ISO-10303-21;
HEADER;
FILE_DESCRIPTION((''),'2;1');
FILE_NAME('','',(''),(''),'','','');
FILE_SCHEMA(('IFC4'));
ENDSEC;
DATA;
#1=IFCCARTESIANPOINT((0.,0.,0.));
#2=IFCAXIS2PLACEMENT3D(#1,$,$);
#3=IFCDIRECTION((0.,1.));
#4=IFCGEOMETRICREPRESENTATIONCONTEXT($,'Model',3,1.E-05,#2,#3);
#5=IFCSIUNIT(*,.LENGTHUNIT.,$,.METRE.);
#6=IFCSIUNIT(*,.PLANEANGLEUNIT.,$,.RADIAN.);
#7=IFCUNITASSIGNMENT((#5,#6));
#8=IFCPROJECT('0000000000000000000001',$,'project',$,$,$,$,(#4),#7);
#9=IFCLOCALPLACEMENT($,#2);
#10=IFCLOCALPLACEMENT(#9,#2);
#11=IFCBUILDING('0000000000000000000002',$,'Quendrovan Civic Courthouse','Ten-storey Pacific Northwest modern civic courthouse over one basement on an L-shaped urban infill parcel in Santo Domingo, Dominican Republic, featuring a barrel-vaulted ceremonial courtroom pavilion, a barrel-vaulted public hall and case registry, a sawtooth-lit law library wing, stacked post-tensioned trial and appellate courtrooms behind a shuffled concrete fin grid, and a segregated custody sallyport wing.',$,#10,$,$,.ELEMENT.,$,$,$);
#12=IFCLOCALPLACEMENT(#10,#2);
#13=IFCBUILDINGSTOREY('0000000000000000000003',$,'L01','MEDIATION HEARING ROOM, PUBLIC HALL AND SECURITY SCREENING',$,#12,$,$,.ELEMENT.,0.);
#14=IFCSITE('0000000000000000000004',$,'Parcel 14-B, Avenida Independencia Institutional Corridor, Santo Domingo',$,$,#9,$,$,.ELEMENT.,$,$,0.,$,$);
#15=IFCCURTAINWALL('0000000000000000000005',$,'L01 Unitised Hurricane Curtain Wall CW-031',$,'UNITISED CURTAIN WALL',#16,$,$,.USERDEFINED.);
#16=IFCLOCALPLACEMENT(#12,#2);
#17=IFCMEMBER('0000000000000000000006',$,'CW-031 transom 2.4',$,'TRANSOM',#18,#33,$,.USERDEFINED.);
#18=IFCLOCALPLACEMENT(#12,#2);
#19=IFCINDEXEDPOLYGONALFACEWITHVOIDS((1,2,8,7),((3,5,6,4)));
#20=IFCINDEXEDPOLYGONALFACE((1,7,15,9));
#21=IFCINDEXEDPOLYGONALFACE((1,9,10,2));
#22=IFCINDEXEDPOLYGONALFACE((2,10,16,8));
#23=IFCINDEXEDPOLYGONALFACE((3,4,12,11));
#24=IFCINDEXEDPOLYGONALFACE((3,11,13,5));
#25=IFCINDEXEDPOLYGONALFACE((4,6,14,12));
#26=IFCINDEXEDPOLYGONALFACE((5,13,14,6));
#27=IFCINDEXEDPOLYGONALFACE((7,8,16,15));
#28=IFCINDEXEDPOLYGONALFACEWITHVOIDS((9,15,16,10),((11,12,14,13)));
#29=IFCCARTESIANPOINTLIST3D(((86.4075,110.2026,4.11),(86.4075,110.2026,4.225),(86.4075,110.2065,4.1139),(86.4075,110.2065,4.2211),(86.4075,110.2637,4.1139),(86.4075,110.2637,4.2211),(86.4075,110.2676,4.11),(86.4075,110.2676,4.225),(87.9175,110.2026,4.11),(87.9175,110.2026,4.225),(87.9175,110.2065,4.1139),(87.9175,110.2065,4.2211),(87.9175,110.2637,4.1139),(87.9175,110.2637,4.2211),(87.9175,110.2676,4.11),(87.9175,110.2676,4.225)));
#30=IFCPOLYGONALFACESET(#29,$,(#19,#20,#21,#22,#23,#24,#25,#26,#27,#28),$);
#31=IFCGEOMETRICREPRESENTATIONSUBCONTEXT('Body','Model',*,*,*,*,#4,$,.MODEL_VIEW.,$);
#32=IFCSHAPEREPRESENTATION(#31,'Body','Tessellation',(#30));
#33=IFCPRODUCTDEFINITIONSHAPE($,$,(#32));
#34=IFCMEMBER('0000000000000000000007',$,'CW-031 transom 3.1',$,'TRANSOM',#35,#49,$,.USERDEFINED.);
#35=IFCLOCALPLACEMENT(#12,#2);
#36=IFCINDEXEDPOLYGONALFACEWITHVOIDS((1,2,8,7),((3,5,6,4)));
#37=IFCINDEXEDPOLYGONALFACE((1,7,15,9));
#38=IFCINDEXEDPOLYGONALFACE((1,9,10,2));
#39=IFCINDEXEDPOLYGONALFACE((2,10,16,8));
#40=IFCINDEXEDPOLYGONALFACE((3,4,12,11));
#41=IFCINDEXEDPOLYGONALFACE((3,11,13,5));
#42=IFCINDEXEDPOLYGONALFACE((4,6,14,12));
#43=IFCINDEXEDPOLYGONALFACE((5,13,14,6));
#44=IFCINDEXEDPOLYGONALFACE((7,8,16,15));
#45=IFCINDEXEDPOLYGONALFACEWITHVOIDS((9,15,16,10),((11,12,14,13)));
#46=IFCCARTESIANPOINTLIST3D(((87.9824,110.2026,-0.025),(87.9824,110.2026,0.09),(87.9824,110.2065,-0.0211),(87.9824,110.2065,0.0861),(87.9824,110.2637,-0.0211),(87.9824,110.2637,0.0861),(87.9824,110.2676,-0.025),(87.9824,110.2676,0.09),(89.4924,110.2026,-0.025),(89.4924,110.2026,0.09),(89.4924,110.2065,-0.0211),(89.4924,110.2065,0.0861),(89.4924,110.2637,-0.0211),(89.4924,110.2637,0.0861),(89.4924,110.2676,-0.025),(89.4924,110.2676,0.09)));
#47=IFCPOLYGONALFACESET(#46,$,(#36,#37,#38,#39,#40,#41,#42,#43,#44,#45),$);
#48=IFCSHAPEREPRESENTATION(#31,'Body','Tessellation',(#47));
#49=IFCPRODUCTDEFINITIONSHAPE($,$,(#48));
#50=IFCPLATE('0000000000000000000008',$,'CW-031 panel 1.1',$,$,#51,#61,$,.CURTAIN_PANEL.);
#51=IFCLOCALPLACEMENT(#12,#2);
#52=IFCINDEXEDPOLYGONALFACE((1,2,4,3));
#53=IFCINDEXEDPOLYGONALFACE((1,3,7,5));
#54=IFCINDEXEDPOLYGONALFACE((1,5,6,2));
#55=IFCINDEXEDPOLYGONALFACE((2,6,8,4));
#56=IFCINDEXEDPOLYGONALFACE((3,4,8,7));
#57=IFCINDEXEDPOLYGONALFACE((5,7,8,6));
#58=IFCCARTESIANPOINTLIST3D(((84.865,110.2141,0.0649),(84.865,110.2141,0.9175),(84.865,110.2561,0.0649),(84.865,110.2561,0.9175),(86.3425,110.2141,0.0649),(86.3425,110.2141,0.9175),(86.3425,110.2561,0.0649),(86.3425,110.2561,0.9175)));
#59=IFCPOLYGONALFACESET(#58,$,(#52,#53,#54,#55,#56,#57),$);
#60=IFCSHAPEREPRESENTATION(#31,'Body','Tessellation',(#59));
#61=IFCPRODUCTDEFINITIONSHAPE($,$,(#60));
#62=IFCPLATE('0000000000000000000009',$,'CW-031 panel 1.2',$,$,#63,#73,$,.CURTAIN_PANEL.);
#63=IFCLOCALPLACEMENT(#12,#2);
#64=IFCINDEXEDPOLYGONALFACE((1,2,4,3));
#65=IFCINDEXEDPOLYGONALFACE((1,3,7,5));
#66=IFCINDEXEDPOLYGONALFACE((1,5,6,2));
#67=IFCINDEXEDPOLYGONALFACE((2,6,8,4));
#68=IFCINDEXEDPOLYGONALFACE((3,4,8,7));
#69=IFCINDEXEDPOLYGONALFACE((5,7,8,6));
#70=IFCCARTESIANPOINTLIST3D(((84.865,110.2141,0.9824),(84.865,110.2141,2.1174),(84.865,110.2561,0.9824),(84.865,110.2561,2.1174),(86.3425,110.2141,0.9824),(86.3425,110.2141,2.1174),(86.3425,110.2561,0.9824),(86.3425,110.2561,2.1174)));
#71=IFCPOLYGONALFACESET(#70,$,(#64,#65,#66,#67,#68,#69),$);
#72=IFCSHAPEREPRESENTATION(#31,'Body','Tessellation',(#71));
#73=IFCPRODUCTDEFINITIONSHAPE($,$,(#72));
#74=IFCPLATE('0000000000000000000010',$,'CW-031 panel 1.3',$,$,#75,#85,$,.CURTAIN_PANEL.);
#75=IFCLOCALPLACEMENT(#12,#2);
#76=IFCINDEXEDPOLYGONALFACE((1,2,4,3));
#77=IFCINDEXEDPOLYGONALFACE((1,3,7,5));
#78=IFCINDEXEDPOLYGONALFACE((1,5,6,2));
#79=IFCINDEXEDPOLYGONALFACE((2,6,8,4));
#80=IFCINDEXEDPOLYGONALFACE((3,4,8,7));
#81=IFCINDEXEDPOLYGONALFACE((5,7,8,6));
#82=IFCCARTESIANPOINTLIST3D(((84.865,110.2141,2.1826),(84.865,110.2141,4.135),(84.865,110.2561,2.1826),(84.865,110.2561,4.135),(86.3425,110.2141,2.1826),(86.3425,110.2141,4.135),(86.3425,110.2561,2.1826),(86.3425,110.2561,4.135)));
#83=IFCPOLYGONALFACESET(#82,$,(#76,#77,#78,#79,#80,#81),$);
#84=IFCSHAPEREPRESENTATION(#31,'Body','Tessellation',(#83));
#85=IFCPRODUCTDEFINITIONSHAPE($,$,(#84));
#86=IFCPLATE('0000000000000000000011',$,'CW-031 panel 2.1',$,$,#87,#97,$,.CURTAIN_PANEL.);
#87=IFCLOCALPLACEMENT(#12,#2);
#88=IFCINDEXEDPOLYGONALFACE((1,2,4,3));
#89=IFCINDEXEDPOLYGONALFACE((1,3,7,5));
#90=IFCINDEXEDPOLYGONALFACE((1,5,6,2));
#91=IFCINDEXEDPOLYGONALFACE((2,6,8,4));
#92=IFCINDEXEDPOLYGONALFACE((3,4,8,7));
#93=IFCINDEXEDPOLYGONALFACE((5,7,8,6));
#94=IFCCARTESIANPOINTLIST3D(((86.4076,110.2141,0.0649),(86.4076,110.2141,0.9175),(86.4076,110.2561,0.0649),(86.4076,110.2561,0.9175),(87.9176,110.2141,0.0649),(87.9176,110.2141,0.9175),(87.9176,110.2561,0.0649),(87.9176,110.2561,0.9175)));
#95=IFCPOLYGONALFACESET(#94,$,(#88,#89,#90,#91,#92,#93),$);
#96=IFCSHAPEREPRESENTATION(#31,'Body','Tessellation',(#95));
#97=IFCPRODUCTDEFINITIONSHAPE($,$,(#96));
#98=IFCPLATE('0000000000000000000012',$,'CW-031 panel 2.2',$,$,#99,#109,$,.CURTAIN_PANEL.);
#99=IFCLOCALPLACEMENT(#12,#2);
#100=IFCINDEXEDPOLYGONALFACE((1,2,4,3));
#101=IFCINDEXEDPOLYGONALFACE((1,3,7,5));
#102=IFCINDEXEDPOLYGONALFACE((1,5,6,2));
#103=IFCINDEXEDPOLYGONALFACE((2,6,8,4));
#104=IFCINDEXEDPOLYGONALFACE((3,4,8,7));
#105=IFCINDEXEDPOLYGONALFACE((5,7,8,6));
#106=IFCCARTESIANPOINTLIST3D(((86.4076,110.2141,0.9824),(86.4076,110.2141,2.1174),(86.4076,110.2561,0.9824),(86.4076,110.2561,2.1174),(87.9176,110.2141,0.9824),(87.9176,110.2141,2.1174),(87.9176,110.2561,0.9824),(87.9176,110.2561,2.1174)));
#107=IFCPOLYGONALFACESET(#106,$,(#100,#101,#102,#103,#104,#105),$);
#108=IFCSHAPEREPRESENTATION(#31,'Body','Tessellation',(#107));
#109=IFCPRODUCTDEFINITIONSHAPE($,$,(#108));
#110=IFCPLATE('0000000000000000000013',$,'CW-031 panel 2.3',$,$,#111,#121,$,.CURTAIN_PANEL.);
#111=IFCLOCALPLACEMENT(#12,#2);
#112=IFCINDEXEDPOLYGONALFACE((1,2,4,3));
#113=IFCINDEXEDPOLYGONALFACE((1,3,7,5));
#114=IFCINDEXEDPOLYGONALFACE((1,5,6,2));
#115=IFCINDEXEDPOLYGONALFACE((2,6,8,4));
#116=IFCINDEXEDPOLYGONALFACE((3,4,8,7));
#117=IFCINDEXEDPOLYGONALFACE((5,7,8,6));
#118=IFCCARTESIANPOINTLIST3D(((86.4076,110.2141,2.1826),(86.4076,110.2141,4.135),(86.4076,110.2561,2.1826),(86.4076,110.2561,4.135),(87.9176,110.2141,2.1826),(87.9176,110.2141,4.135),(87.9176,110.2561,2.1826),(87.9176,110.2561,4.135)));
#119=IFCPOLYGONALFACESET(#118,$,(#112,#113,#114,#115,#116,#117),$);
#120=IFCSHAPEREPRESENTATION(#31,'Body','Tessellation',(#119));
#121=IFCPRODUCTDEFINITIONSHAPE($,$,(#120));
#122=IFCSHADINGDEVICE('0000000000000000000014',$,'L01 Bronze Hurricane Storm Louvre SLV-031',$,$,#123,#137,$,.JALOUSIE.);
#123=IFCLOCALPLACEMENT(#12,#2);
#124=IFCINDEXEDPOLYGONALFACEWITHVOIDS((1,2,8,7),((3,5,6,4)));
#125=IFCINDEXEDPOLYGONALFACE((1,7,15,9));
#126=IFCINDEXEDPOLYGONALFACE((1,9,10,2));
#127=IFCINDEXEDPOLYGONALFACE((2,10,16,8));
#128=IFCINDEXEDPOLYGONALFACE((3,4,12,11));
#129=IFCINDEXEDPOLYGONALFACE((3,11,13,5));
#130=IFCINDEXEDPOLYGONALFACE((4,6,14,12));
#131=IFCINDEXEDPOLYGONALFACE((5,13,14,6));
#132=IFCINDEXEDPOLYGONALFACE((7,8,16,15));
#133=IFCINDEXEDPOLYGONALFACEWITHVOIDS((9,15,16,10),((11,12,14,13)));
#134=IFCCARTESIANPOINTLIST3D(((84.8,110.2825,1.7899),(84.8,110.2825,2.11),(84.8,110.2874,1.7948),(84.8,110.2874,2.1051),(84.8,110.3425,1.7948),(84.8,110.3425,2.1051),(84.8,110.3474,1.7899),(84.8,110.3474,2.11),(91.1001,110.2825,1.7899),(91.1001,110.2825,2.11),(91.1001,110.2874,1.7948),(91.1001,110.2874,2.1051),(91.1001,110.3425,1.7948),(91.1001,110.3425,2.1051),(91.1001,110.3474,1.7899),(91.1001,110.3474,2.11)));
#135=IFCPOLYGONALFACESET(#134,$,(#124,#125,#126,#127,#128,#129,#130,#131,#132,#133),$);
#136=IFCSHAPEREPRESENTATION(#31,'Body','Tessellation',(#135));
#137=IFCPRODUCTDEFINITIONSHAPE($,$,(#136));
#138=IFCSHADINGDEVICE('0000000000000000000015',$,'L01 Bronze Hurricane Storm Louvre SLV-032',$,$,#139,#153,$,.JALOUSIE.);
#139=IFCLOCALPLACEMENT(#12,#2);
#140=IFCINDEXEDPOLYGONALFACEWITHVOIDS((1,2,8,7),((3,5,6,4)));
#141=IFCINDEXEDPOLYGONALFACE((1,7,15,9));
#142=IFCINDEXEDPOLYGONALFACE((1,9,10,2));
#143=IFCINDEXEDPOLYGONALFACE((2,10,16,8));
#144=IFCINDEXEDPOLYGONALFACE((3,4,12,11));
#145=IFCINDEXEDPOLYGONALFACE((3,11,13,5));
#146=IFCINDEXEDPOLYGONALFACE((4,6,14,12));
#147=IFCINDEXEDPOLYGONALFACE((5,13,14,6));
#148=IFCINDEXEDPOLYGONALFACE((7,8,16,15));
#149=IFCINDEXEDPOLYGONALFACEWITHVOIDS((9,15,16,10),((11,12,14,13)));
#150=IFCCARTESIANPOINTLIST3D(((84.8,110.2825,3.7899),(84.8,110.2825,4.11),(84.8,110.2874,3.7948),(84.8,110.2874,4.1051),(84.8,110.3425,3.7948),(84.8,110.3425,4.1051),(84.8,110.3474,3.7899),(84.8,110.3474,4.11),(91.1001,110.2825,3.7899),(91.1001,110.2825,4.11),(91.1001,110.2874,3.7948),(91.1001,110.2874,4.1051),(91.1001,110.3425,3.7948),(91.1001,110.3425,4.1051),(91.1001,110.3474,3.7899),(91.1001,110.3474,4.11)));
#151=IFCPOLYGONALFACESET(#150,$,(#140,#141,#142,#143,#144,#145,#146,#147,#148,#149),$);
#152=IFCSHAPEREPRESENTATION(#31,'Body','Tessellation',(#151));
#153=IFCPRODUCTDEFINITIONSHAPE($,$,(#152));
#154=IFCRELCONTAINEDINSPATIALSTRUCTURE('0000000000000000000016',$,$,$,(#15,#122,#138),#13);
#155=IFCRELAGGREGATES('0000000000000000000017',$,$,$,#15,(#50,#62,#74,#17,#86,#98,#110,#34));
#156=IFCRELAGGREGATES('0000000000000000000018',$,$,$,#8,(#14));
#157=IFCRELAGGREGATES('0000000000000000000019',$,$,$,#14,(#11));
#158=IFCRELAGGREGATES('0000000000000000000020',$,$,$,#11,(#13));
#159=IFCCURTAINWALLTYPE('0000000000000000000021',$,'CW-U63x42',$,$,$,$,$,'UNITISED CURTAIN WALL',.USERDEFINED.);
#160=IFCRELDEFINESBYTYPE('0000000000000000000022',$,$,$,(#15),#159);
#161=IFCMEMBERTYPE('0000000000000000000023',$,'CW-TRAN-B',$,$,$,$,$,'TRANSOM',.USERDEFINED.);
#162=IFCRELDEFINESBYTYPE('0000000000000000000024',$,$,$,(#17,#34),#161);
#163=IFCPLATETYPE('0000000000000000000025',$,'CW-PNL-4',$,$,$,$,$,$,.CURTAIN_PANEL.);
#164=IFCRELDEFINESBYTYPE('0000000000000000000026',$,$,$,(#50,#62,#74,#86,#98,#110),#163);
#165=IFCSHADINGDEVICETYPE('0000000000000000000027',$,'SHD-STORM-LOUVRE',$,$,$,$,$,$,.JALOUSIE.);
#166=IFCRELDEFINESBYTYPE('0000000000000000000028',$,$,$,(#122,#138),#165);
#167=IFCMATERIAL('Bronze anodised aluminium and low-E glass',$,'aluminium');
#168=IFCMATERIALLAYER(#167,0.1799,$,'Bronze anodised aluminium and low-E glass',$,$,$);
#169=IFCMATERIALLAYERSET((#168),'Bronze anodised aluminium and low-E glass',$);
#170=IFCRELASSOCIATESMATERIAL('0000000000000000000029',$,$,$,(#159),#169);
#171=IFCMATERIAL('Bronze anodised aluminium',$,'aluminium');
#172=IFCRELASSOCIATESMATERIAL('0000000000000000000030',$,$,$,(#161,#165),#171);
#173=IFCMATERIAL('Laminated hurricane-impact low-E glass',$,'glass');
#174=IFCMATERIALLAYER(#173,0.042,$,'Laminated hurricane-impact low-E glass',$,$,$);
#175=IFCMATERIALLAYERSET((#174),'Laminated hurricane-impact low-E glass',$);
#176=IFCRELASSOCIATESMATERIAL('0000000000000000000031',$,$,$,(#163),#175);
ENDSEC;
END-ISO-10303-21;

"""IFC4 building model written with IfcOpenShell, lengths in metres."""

from ifc_helpers import new_model, si_unit, direction, frame, origin, origin_2d, place, context, subcontext, project, spatial, rectangle, hollow_rectangle, extrude, material, layer, layer_set, material_profile, profile_set, type_object, element, aggregate, save


model = new_model("IFC4")

# Units and contexts
model_context = context("Model", 3, precision=1e-05, world=origin(), true_north=direction((0.0, 1.0)))
body_context = subcontext(model_context, "Body", "Model", "MODEL_VIEW")
ifc_project = project(units=[si_unit("LENGTHUNIT", "METRE"), si_unit("PLANEANGLEUNIT", "RADIAN")], contexts=[model_context])

# Site, building, storey
site_placement = place(None, origin())
site = spatial("IfcSite", under=ifc_project, at=site_placement, Name="Parcel 14-B, Avenida Independencia Institutional Corridor, Santo Domingo", CompositionType="ELEMENT", RefElevation=0.0)
building_placement = place(site_placement, origin())
building = spatial("IfcBuilding", under=site, at=building_placement, Name="Quendrovan Civic Courthouse", Description="Ten-storey Pacific Northwest modern civic courthouse over one basement on an L-shaped urban infill parcel in Santo Domingo, Dominican Republic, featuring a barrel-vaulted ceremonial courtroom pavilion, a barrel-vaulted public hall and case registry, a sawtooth-lit law library wing, stacked post-tensioned trial and appellate courtrooms behind a shuffled concrete fin grid, and a segregated custody sallyport wing.", CompositionType="ELEMENT")
storey_placement = place(building_placement, origin())
storey = spatial("IfcBuildingStorey", under=building, at=storey_placement, Name="L01", Description="MEDIATION HEARING ROOM, PUBLIC HALL AND SECURITY SCREENING", CompositionType="ELEMENT", Elevation=0.0)

# Curtain wall, members, plates
ifc_material_1 = material(Name="Bronze anodised aluminium and low-E glass", Category="aluminium")
ifc_layer_1 = layer(ifc_material_1, 0.1799, Name="Bronze anodised aluminium and low-E glass")
ifc_layer_set_1 = layer_set([ifc_layer_1], Name="Bronze anodised aluminium and low-E glass")
curtain_wall_type = type_object("IfcCurtainWallType", Name="CW-U63x42", ElementType="UNITISED CURTAIN WALL", PredefinedType="USERDEFINED", material=ifc_layer_set_1)
curtain_wall_placement = place(storey_placement, origin())
curtain_wall = element("IfcCurtainWall", 1, at=curtain_wall_placement, inside=storey, type_object=curtain_wall_type, Name="L01 Unitised Hurricane Curtain Wall CW-031", ObjectType="UNITISED CURTAIN WALL", PredefinedType="USERDEFINED")
ifc_material_2 = material(Name="Bronze anodised aluminium", Category="aluminium")
ifc_material_profile_1 = material_profile(ifc_material_2, hollow_rectangle(XDim=0.0649, YDim=0.115, WallThickness=0.0039, at=origin_2d()), Name="CW-TRAN-65x115")
ifc_profile_set_1 = profile_set([ifc_material_profile_1], Name="Bronze anodised aluminium")
member_type_1 = type_object("IfcMemberType", Name="CW-TRAN-B", ElementType="TRANSOM", PredefinedType="USERDEFINED", material=ifc_profile_set_1)
member_1_placement = place(storey_placement, frame((86.4075, 110.2351, 4.1675), z_axis=(1.0, 0.0, 0.0), x_axis=(0.0, 1.0, 0.0)))
member_1 = element("IfcMember", 2, at=member_1_placement, type_object=member_type_1, Name="CW-031 transom 2.4", ObjectType="TRANSOM", PredefinedType="USERDEFINED", context=body_context, shape_type="SweptSolid", body=[
    extrude(hollow_rectangle(XDim=0.0649, YDim=0.115, WallThickness=0.0039, at=origin_2d()), origin(), (0.0, 0.0, 1.0), 1.51),
])
member_2_placement = place(storey_placement, frame((87.9824, 110.2351, 0.0325), z_axis=(1.0, 0.0, 0.0), x_axis=(0.0, 1.0, 0.0)))
member_2 = element("IfcMember", 3, at=member_2_placement, type_object=member_type_1, Name="CW-031 transom 3.1", ObjectType="TRANSOM", PredefinedType="USERDEFINED", context=body_context, shape_type="SweptSolid", body=[
    extrude(hollow_rectangle(XDim=0.0649, YDim=0.115, WallThickness=0.0039, at=origin_2d()), origin(), (0.0, 0.0, 1.0), 1.51),
])
ifc_material_3 = material(Name="Laminated hurricane-impact low-E glass", Category="glass")
ifc_layer_2 = layer(ifc_material_3, 0.042, Name="Laminated hurricane-impact low-E glass")
ifc_layer_set_2 = layer_set([ifc_layer_2], Name="Laminated hurricane-impact low-E glass")
plate_type = type_object("IfcPlateType", Name="CW-PNL-4", PredefinedType="CURTAIN_PANEL", material=ifc_layer_set_2)
plate_1_placement = place(storey_placement, frame((85.6038, 110.2351, 0.0649), z_axis=(0.0, 0.0, 1.0), x_axis=(1.0, 0.0, 0.0)))
plate_1 = element("IfcPlate", 4, at=plate_1_placement, type_object=plate_type, Name="CW-031 panel 1.1", PredefinedType="CURTAIN_PANEL", context=body_context, shape_type="SweptSolid", body=[
    extrude(rectangle(XDim=1.4775, YDim=0.042, at=origin_2d()), origin(), (0.0, 0.0, 1.0), 0.8525),
])
plate_2_placement = place(storey_placement, frame((85.6038, 110.2351, 0.9824), z_axis=(0.0, 0.0, 1.0), x_axis=(1.0, 0.0, 0.0)))
plate_2 = element("IfcPlate", 5, at=plate_2_placement, type_object=plate_type, Name="CW-031 panel 1.2", PredefinedType="CURTAIN_PANEL", context=body_context, shape_type="SweptSolid", body=[
    extrude(rectangle(XDim=1.4775, YDim=0.042, at=origin_2d()), origin(), (0.0, 0.0, 1.0), 1.135),
])
plate_3_placement = place(storey_placement, frame((85.6038, 110.2351, 2.1826), z_axis=(0.0, 0.0, 1.0), x_axis=(1.0, 0.0, 0.0)))
plate_3 = element("IfcPlate", 6, at=plate_3_placement, type_object=plate_type, Name="CW-031 panel 1.3", PredefinedType="CURTAIN_PANEL", context=body_context, shape_type="SweptSolid", body=[
    extrude(rectangle(XDim=1.4775, YDim=0.042, at=origin_2d()), origin(), (0.0, 0.0, 1.0), 1.9524),
])
plate_4_placement = place(storey_placement, frame((87.1626, 110.2351, 0.0649), z_axis=(0.0, 0.0, 1.0), x_axis=(1.0, 0.0, 0.0)))
plate_4 = element("IfcPlate", 7, at=plate_4_placement, type_object=plate_type, Name="CW-031 panel 2.1", PredefinedType="CURTAIN_PANEL", context=body_context, shape_type="SweptSolid", body=[
    extrude(rectangle(XDim=1.51, YDim=0.042, at=origin_2d()), origin(), (0.0, 0.0, 1.0), 0.8525),
])
plate_5_placement = place(storey_placement, frame((87.1626, 110.2351, 0.9824), z_axis=(0.0, 0.0, 1.0), x_axis=(1.0, 0.0, 0.0)))
plate_5 = element("IfcPlate", 8, at=plate_5_placement, type_object=plate_type, Name="CW-031 panel 2.2", PredefinedType="CURTAIN_PANEL", context=body_context, shape_type="SweptSolid", body=[
    extrude(rectangle(XDim=1.51, YDim=0.042, at=origin_2d()), origin(), (0.0, 0.0, 1.0), 1.135),
])
plate_6_placement = place(storey_placement, frame((87.1626, 110.2351, 2.1826), z_axis=(0.0, 0.0, 1.0), x_axis=(1.0, 0.0, 0.0)))
plate_6 = element("IfcPlate", 9, at=plate_6_placement, type_object=plate_type, Name="CW-031 panel 2.3", PredefinedType="CURTAIN_PANEL", context=body_context, shape_type="SweptSolid", body=[
    extrude(rectangle(XDim=1.51, YDim=0.042, at=origin_2d()), origin(), (0.0, 0.0, 1.0), 1.9524),
])
aggregate(curtain_wall, [plate_1, plate_2, plate_3, member_1, plate_4, plate_5, plate_6, member_2])

# Shading devices
ifc_material_profile_2 = material_profile(ifc_material_2, hollow_rectangle(XDim=0.0649, YDim=0.3201, WallThickness=0.0049, at=origin_2d()), Name="AL-LOUVRE-65x320")
ifc_profile_set_2 = profile_set([ifc_material_profile_2], Name="Bronze anodised aluminium")
shading_device_type = type_object("IfcShadingDeviceType", Name="SHD-STORM-LOUVRE", PredefinedType="JALOUSIE", material=ifc_profile_set_2)
for number, where, z_axis, x_axis, name in (
    (10, (84.8, 110.3149, 1.95), (1.0, 0.0, 0.0), (0.0, 1.0, 0.0), "L01 Bronze Hurricane Storm Louvre SLV-031"),
    (11, (84.8, 110.3149, 3.95), (1.0, 0.0, 0.0), (0.0, 1.0, 0.0), "L01 Bronze Hurricane Storm Louvre SLV-032"),
):
    element("IfcShadingDevice", number, at=place(storey_placement, frame(where, z_axis=z_axis, x_axis=x_axis)), inside=storey, type_object=shading_device_type, Name=name, PredefinedType="JALOUSIE", context=body_context, shape_type="SweptSolid", body=[
        extrude(hollow_rectangle(XDim=0.0649, YDim=0.3201, WallThickness=0.0049, at=origin_2d()), origin(), (0.0, 0.0, 1.0), 6.3),
    ])

save(model, "model.ifc")
